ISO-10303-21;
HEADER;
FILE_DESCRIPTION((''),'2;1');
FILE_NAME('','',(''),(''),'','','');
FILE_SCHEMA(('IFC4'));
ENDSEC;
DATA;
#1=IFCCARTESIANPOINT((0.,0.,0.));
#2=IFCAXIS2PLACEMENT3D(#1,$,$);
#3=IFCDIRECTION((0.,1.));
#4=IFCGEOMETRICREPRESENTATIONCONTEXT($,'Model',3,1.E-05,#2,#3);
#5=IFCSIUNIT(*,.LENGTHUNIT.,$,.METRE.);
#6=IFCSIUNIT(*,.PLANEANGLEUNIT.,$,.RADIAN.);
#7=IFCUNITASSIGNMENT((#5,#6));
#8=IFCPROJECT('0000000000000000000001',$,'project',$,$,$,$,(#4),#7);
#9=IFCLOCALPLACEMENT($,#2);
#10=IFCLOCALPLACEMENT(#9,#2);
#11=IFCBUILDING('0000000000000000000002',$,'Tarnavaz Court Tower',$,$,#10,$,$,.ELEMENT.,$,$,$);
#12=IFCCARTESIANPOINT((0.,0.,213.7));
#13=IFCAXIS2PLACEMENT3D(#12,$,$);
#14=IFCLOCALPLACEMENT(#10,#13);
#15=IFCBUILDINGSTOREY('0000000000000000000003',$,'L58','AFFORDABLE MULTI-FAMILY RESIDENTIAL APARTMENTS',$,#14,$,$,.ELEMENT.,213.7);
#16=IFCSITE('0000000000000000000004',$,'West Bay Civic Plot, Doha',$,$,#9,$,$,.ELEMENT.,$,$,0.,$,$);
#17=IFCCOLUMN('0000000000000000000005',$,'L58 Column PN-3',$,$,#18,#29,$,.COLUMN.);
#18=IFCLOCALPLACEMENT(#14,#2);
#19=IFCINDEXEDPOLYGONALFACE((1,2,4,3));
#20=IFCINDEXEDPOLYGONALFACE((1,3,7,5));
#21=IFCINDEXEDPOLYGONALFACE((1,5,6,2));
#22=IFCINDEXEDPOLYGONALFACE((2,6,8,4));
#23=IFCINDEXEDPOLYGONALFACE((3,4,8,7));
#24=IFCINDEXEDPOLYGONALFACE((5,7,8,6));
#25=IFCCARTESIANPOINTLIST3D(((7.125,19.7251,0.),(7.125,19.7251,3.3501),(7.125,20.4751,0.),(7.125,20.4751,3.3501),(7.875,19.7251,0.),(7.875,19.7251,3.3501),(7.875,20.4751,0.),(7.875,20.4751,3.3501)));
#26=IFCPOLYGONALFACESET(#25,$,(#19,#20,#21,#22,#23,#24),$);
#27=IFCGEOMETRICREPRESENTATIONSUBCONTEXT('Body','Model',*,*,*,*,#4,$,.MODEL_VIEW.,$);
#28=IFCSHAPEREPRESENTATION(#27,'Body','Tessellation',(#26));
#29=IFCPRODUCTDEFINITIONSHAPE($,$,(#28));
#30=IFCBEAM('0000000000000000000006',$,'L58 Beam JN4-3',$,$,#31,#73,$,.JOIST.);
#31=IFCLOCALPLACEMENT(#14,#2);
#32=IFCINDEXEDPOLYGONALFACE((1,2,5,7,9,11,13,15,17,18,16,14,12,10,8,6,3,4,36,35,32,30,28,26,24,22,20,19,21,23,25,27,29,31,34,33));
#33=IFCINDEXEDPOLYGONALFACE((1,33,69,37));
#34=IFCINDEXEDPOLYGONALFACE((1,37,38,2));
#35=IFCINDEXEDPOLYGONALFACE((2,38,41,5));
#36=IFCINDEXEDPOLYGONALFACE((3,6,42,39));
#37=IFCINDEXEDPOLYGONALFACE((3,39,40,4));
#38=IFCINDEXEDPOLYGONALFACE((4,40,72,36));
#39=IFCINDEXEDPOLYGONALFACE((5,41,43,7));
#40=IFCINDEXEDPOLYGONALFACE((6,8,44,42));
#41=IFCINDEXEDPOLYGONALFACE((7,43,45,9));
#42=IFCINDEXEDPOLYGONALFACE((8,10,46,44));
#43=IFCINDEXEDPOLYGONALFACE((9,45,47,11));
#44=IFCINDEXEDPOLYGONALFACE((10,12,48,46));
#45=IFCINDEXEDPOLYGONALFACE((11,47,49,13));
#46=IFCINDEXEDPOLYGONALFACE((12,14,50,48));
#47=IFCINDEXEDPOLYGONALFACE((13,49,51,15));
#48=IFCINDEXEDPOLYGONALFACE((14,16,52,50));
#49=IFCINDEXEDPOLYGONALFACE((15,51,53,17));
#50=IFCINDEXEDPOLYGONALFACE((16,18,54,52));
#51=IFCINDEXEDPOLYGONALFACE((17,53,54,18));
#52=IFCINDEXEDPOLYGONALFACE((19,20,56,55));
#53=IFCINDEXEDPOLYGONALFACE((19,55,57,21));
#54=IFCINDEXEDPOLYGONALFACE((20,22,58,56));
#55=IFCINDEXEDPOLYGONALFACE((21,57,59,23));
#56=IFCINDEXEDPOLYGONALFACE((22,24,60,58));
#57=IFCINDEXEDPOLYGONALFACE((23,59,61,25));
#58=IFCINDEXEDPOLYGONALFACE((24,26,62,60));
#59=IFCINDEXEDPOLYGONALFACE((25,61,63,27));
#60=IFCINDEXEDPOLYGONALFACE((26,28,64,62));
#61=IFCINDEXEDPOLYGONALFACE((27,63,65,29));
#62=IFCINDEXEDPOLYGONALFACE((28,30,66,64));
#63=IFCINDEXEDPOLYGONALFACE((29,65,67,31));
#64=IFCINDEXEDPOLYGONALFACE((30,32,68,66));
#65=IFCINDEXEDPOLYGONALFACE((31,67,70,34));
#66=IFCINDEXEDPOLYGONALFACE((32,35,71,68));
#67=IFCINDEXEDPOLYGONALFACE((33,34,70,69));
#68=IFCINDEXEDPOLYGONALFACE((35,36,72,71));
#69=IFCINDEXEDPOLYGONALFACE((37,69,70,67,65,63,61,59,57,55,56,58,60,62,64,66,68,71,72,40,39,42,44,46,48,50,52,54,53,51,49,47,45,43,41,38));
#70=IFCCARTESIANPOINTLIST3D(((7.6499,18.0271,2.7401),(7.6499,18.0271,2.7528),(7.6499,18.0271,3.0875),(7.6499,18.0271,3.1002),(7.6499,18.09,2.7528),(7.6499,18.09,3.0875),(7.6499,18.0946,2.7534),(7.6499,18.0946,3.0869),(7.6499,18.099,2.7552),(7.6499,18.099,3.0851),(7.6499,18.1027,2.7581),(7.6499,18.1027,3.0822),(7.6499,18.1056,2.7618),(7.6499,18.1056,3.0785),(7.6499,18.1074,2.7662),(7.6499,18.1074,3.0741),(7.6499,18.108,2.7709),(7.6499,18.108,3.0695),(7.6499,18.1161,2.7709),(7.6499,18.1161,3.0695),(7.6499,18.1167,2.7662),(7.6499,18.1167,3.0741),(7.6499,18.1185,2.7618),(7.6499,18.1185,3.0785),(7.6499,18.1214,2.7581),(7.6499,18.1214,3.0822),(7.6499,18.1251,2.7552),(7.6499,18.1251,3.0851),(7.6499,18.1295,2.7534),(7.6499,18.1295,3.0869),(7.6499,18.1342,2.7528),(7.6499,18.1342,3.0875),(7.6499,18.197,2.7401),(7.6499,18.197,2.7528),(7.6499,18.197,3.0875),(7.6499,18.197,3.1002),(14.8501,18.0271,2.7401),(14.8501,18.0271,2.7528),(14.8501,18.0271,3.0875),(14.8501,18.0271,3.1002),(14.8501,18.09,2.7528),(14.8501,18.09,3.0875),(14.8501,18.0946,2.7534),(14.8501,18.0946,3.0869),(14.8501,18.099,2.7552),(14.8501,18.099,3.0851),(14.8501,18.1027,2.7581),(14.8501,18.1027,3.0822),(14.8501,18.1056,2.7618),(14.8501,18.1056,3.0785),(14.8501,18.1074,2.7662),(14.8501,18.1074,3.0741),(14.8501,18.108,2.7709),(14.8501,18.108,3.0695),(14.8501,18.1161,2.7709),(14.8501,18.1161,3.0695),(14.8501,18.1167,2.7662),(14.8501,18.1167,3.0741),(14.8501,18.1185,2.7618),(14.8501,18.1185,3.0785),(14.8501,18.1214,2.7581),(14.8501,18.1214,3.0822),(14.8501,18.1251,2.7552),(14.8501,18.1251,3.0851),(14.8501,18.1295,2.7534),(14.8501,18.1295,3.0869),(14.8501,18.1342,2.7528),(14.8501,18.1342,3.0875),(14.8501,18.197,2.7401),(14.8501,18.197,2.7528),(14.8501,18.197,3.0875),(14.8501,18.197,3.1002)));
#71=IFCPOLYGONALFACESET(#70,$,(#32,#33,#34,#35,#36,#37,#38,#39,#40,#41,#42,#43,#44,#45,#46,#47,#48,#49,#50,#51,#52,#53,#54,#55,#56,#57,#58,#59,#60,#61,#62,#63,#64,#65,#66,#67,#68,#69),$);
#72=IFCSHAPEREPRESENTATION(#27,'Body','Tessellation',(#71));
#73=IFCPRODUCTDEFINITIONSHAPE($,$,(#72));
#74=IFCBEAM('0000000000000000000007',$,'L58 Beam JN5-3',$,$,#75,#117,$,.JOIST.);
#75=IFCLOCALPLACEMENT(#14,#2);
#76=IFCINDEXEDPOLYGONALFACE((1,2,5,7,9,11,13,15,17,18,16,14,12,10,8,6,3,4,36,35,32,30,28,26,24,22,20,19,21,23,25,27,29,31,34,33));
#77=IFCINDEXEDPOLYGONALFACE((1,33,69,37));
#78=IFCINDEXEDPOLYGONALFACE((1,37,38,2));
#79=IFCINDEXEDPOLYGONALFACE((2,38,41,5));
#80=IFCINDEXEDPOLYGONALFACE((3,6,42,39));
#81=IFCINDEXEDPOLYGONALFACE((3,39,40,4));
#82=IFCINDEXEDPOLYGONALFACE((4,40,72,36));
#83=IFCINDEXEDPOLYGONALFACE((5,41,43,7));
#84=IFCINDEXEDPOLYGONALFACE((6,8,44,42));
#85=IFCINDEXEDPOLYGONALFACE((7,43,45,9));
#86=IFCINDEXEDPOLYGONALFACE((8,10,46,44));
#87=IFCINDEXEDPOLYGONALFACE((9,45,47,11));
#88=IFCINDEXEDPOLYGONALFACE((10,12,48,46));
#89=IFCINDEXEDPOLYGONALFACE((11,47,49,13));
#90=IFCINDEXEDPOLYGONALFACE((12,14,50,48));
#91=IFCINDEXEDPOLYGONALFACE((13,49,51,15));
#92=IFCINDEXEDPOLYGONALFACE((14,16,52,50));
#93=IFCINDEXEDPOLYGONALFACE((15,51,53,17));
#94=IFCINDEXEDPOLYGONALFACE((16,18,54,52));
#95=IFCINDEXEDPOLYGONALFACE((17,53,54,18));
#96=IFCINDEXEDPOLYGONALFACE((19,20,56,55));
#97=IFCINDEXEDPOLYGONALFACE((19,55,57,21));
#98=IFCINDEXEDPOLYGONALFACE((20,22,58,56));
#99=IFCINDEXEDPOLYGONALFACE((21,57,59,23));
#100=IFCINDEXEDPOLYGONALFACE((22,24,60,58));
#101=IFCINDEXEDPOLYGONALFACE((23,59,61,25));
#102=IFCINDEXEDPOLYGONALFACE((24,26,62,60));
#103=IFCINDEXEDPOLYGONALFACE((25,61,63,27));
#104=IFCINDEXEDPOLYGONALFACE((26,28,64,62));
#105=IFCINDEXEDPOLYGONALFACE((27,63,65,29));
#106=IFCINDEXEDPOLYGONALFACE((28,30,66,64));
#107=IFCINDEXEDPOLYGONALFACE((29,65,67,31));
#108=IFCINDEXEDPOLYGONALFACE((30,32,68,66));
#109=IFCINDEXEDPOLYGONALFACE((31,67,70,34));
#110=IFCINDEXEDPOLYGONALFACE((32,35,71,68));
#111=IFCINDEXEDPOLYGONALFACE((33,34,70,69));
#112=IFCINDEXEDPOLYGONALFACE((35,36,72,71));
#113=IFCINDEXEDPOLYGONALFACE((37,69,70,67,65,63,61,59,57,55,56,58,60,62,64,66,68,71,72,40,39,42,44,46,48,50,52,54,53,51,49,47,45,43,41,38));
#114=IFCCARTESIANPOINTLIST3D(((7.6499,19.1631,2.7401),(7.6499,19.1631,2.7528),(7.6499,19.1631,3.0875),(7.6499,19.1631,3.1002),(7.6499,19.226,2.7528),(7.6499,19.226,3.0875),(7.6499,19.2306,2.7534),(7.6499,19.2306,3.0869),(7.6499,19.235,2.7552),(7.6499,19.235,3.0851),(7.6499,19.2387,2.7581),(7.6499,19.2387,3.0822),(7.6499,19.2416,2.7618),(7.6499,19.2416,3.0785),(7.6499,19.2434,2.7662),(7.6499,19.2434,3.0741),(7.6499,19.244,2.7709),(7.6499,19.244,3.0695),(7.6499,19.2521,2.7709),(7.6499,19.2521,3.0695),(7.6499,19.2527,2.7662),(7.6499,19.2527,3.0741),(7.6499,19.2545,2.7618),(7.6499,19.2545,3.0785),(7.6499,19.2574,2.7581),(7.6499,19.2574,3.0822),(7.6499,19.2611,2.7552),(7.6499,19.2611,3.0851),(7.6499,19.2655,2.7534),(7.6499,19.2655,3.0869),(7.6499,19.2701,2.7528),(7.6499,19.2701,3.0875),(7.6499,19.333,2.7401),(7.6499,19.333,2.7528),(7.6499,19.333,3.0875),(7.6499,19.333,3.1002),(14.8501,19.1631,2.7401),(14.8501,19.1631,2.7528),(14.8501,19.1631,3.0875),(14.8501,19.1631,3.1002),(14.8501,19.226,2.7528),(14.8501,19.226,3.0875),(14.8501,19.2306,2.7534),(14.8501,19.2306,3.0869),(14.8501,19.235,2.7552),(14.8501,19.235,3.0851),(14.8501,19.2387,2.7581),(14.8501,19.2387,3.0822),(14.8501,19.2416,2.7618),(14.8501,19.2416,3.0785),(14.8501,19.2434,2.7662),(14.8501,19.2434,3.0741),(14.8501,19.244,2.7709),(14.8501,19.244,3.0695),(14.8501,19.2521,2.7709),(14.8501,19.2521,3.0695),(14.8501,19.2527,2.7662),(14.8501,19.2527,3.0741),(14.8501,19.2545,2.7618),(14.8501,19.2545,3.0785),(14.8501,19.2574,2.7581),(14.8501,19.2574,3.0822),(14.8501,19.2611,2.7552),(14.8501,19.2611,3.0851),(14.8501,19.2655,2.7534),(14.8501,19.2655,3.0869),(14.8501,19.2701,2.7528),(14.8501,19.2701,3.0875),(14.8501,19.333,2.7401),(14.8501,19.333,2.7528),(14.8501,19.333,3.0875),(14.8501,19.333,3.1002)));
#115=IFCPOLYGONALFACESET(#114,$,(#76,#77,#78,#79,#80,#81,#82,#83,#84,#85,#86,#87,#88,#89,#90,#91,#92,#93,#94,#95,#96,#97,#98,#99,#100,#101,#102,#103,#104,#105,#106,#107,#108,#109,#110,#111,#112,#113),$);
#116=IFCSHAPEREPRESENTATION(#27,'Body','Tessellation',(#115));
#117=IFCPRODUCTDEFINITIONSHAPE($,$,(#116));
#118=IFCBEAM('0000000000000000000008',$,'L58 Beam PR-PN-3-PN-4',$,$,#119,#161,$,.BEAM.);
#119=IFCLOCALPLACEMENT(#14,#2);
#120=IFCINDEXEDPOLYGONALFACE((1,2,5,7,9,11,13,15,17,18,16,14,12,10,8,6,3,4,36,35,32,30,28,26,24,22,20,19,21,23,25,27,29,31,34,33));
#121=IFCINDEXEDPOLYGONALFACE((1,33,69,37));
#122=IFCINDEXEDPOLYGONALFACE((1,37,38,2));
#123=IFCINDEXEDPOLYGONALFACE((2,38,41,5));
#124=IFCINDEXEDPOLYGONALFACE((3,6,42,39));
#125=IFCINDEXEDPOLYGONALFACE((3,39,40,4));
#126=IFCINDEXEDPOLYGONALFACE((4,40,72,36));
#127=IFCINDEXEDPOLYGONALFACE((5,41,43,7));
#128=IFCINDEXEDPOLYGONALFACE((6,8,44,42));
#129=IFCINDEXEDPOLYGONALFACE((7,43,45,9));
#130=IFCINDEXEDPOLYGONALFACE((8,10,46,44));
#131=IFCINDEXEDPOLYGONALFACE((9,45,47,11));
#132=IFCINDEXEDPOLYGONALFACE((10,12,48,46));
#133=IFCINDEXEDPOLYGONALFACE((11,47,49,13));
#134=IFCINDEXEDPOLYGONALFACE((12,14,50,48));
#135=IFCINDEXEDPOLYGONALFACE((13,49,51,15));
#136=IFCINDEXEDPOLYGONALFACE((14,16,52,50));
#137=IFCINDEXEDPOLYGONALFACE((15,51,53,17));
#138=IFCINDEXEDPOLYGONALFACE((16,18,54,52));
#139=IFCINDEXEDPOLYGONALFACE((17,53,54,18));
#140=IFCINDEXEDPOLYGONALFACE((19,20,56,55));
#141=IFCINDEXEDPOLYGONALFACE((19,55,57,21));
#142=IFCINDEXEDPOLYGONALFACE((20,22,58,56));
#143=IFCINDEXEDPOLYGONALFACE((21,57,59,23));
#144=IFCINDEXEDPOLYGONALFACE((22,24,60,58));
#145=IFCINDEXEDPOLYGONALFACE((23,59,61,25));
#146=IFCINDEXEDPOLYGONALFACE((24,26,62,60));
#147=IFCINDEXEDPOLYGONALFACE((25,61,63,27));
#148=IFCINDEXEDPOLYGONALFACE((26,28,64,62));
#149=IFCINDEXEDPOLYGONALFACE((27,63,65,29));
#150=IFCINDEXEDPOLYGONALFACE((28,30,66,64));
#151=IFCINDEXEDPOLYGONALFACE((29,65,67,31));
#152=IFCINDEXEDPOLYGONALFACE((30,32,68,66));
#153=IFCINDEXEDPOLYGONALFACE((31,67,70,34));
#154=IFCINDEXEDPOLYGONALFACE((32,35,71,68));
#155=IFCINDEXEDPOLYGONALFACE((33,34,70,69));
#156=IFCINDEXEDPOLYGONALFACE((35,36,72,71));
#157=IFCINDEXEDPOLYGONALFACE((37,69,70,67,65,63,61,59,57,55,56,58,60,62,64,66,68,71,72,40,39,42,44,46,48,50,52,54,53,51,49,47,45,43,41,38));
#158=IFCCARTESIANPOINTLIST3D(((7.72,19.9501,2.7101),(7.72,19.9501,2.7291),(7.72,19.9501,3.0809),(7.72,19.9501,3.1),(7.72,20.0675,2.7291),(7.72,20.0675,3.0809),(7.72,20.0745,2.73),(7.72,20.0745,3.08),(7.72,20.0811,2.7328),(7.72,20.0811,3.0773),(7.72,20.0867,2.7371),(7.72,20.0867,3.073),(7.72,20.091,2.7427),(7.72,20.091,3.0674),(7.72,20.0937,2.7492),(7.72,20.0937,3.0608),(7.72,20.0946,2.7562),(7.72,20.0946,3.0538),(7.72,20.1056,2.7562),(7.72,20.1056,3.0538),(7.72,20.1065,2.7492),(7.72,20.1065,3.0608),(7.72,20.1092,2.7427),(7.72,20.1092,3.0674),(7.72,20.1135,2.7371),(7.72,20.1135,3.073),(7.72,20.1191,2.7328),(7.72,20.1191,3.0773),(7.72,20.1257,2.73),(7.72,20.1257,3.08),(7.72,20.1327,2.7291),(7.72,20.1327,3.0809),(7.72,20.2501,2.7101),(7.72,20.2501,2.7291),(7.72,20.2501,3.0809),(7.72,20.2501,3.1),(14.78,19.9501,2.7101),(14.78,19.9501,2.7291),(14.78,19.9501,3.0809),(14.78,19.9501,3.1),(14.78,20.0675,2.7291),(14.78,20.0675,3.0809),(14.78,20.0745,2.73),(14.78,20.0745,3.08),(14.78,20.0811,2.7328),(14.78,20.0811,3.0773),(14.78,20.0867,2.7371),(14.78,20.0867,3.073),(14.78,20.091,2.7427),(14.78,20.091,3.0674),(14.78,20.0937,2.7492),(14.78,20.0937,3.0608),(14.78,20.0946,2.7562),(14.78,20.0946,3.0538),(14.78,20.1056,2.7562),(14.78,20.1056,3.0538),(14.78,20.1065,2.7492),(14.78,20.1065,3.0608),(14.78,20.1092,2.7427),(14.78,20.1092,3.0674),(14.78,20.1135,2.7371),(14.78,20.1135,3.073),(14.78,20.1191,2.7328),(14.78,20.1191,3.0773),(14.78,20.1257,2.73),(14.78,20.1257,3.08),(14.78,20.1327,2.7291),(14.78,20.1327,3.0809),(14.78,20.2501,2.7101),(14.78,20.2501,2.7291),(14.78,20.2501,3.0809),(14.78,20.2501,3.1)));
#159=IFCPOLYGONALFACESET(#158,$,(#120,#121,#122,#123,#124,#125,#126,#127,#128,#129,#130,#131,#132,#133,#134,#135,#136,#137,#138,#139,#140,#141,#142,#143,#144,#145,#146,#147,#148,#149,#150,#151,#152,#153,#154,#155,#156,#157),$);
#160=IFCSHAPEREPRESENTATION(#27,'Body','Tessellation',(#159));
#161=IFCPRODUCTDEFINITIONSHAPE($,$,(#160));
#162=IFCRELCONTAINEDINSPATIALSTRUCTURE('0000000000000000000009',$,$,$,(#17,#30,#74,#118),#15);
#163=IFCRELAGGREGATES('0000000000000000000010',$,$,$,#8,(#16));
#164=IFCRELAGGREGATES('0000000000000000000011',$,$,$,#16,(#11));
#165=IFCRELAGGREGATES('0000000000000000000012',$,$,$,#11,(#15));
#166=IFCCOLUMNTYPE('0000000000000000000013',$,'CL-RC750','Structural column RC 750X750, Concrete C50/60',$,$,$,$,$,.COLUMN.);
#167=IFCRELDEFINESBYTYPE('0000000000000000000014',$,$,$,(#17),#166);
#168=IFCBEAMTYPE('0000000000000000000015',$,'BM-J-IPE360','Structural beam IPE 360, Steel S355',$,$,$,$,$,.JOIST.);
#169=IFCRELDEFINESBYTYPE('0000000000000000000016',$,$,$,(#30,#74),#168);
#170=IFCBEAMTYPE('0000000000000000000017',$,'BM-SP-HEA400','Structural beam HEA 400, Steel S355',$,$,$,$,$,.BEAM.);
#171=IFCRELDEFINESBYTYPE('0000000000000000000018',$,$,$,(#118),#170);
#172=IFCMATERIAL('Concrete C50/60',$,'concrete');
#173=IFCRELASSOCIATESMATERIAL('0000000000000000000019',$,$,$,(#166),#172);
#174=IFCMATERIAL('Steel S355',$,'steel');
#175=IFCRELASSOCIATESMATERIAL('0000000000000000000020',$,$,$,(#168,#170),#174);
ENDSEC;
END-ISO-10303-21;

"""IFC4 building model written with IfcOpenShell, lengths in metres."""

from ifc_helpers import new_model, si_unit, direction, frame, origin, origin_2d, place, context, subcontext, project, spatial, rectangle, i_section, extrude, material, material_profile, profile_set, type_object, element, save


model = new_model("IFC4")

# Units and contexts
model_context = context("Model", 3, precision=1e-05, world=origin(), true_north=direction((0.0, 1.0)))
body_context = subcontext(model_context, "Body", "Model", "MODEL_VIEW")
ifc_project = project(units=[si_unit("LENGTHUNIT", "METRE"), si_unit("PLANEANGLEUNIT", "RADIAN")], contexts=[model_context])

# Site, building, storey
site_placement = place(None, origin())
site = spatial("IfcSite", under=ifc_project, at=site_placement, Name="West Bay Civic Plot, Doha", CompositionType="ELEMENT", RefElevation=0.0)
building_placement = place(site_placement, origin())
building = spatial("IfcBuilding", under=site, at=building_placement, Name="Tarnavaz Court Tower", CompositionType="ELEMENT")
storey_placement = place(building_placement, frame((0.0, 0.0, 213.7)))
storey = spatial("IfcBuildingStorey", under=building, at=storey_placement, Name="L58", Description="AFFORDABLE MULTI-FAMILY RESIDENTIAL APARTMENTS", CompositionType="ELEMENT", Elevation=213.7)

# Column
ifc_material_1 = material(Name="Concrete C50/60", Category="concrete")
ifc_material_profile_1 = material_profile(ifc_material_1, rectangle(XDim=0.75, YDim=0.75, at=origin_2d()), Name="RC 750X750")
ifc_profile_set_1 = profile_set([ifc_material_profile_1], Name="Concrete C50/60")
column_type = type_object("IfcColumnType", Name="CL-RC750", Description="Structural column RC 750X750, Concrete C50/60", PredefinedType="COLUMN", material=ifc_profile_set_1)
column_placement = place(storey_placement, frame((7.5, 20.1001, 0.0), z_axis=(0.0, 0.0, 1.0), x_axis=(1.0, 0.0, 0.0)))
element("IfcColumn", 1, at=column_placement, inside=storey, type_object=column_type, Name="L58 Column PN-3", PredefinedType="COLUMN", context=body_context, shape_type="SweptSolid", body=[
    extrude(rectangle(XDim=0.75, YDim=0.75, at=origin_2d()), origin(), (0.0, 0.0, 1.0), 3.3501),
])

# Beams
ifc_material_2 = material(Name="Steel S355", Category="steel")
ifc_material_profile_2 = material_profile(ifc_material_2, i_section(OverallWidth=0.1699, OverallDepth=0.3601, WebThickness=0.0081, FlangeThickness=0.0127, FilletRadius=0.0181, at=origin_2d()), Name="IPE 360")
ifc_profile_set_2 = profile_set([ifc_material_profile_2], Name="Steel S355")
beam_type_1 = type_object("IfcBeamType", Name="BM-J-IPE360", Description="Structural beam IPE 360, Steel S355", PredefinedType="JOIST", material=ifc_profile_set_2)
for number, where, z_axis, x_axis, name in (
    (2, (7.6499, 18.1121, 2.9202), (1.0, 0.0, 0.0), (0.0, 1.0, 0.0), "L58 Beam JN4-3"),
    (3, (7.6499, 19.248, 2.9202), (1.0, 0.0, 0.0), (0.0, 1.0, 0.0), "L58 Beam JN5-3"),
):
    element("IfcBeam", number, at=place(storey_placement, frame(where, z_axis=z_axis, x_axis=x_axis)), inside=storey, type_object=beam_type_1, Name=name, PredefinedType="JOIST", context=body_context, shape_type="SweptSolid", body=[
        extrude(i_section(OverallWidth=0.1699, OverallDepth=0.3601, WebThickness=0.0081, FlangeThickness=0.0127, FilletRadius=0.0181, at=origin_2d()), origin(), (0.0, 0.0, 1.0), 7.2002),
    ])
ifc_material_profile_3 = material_profile(ifc_material_2, i_section(OverallWidth=0.3, OverallDepth=0.3899, WebThickness=0.011, FlangeThickness=0.019, FilletRadius=0.0271, at=origin_2d()), Name="HEA 400")
ifc_profile_set_3 = profile_set([ifc_material_profile_3], Name="Steel S355")
beam_type_2 = type_object("IfcBeamType", Name="BM-SP-HEA400", Description="Structural beam HEA 400, Steel S355", PredefinedType="BEAM", material=ifc_profile_set_3)
beam_placement = place(storey_placement, frame((7.72, 20.1001, 2.905), z_axis=(1.0, 0.0, 0.0), x_axis=(0.0, 1.0, 0.0)))
element("IfcBeam", 4, at=beam_placement, inside=storey, type_object=beam_type_2, Name="L58 Beam PR-PN-3-PN-4", PredefinedType="BEAM", context=body_context, shape_type="SweptSolid", body=[
    extrude(i_section(OverallWidth=0.3, OverallDepth=0.3899, WebThickness=0.011, FlangeThickness=0.019, FilletRadius=0.0271, at=origin_2d()), origin(), (0.0, 0.0, 1.0), 7.0601),
])

save(model, "model.ifc")
